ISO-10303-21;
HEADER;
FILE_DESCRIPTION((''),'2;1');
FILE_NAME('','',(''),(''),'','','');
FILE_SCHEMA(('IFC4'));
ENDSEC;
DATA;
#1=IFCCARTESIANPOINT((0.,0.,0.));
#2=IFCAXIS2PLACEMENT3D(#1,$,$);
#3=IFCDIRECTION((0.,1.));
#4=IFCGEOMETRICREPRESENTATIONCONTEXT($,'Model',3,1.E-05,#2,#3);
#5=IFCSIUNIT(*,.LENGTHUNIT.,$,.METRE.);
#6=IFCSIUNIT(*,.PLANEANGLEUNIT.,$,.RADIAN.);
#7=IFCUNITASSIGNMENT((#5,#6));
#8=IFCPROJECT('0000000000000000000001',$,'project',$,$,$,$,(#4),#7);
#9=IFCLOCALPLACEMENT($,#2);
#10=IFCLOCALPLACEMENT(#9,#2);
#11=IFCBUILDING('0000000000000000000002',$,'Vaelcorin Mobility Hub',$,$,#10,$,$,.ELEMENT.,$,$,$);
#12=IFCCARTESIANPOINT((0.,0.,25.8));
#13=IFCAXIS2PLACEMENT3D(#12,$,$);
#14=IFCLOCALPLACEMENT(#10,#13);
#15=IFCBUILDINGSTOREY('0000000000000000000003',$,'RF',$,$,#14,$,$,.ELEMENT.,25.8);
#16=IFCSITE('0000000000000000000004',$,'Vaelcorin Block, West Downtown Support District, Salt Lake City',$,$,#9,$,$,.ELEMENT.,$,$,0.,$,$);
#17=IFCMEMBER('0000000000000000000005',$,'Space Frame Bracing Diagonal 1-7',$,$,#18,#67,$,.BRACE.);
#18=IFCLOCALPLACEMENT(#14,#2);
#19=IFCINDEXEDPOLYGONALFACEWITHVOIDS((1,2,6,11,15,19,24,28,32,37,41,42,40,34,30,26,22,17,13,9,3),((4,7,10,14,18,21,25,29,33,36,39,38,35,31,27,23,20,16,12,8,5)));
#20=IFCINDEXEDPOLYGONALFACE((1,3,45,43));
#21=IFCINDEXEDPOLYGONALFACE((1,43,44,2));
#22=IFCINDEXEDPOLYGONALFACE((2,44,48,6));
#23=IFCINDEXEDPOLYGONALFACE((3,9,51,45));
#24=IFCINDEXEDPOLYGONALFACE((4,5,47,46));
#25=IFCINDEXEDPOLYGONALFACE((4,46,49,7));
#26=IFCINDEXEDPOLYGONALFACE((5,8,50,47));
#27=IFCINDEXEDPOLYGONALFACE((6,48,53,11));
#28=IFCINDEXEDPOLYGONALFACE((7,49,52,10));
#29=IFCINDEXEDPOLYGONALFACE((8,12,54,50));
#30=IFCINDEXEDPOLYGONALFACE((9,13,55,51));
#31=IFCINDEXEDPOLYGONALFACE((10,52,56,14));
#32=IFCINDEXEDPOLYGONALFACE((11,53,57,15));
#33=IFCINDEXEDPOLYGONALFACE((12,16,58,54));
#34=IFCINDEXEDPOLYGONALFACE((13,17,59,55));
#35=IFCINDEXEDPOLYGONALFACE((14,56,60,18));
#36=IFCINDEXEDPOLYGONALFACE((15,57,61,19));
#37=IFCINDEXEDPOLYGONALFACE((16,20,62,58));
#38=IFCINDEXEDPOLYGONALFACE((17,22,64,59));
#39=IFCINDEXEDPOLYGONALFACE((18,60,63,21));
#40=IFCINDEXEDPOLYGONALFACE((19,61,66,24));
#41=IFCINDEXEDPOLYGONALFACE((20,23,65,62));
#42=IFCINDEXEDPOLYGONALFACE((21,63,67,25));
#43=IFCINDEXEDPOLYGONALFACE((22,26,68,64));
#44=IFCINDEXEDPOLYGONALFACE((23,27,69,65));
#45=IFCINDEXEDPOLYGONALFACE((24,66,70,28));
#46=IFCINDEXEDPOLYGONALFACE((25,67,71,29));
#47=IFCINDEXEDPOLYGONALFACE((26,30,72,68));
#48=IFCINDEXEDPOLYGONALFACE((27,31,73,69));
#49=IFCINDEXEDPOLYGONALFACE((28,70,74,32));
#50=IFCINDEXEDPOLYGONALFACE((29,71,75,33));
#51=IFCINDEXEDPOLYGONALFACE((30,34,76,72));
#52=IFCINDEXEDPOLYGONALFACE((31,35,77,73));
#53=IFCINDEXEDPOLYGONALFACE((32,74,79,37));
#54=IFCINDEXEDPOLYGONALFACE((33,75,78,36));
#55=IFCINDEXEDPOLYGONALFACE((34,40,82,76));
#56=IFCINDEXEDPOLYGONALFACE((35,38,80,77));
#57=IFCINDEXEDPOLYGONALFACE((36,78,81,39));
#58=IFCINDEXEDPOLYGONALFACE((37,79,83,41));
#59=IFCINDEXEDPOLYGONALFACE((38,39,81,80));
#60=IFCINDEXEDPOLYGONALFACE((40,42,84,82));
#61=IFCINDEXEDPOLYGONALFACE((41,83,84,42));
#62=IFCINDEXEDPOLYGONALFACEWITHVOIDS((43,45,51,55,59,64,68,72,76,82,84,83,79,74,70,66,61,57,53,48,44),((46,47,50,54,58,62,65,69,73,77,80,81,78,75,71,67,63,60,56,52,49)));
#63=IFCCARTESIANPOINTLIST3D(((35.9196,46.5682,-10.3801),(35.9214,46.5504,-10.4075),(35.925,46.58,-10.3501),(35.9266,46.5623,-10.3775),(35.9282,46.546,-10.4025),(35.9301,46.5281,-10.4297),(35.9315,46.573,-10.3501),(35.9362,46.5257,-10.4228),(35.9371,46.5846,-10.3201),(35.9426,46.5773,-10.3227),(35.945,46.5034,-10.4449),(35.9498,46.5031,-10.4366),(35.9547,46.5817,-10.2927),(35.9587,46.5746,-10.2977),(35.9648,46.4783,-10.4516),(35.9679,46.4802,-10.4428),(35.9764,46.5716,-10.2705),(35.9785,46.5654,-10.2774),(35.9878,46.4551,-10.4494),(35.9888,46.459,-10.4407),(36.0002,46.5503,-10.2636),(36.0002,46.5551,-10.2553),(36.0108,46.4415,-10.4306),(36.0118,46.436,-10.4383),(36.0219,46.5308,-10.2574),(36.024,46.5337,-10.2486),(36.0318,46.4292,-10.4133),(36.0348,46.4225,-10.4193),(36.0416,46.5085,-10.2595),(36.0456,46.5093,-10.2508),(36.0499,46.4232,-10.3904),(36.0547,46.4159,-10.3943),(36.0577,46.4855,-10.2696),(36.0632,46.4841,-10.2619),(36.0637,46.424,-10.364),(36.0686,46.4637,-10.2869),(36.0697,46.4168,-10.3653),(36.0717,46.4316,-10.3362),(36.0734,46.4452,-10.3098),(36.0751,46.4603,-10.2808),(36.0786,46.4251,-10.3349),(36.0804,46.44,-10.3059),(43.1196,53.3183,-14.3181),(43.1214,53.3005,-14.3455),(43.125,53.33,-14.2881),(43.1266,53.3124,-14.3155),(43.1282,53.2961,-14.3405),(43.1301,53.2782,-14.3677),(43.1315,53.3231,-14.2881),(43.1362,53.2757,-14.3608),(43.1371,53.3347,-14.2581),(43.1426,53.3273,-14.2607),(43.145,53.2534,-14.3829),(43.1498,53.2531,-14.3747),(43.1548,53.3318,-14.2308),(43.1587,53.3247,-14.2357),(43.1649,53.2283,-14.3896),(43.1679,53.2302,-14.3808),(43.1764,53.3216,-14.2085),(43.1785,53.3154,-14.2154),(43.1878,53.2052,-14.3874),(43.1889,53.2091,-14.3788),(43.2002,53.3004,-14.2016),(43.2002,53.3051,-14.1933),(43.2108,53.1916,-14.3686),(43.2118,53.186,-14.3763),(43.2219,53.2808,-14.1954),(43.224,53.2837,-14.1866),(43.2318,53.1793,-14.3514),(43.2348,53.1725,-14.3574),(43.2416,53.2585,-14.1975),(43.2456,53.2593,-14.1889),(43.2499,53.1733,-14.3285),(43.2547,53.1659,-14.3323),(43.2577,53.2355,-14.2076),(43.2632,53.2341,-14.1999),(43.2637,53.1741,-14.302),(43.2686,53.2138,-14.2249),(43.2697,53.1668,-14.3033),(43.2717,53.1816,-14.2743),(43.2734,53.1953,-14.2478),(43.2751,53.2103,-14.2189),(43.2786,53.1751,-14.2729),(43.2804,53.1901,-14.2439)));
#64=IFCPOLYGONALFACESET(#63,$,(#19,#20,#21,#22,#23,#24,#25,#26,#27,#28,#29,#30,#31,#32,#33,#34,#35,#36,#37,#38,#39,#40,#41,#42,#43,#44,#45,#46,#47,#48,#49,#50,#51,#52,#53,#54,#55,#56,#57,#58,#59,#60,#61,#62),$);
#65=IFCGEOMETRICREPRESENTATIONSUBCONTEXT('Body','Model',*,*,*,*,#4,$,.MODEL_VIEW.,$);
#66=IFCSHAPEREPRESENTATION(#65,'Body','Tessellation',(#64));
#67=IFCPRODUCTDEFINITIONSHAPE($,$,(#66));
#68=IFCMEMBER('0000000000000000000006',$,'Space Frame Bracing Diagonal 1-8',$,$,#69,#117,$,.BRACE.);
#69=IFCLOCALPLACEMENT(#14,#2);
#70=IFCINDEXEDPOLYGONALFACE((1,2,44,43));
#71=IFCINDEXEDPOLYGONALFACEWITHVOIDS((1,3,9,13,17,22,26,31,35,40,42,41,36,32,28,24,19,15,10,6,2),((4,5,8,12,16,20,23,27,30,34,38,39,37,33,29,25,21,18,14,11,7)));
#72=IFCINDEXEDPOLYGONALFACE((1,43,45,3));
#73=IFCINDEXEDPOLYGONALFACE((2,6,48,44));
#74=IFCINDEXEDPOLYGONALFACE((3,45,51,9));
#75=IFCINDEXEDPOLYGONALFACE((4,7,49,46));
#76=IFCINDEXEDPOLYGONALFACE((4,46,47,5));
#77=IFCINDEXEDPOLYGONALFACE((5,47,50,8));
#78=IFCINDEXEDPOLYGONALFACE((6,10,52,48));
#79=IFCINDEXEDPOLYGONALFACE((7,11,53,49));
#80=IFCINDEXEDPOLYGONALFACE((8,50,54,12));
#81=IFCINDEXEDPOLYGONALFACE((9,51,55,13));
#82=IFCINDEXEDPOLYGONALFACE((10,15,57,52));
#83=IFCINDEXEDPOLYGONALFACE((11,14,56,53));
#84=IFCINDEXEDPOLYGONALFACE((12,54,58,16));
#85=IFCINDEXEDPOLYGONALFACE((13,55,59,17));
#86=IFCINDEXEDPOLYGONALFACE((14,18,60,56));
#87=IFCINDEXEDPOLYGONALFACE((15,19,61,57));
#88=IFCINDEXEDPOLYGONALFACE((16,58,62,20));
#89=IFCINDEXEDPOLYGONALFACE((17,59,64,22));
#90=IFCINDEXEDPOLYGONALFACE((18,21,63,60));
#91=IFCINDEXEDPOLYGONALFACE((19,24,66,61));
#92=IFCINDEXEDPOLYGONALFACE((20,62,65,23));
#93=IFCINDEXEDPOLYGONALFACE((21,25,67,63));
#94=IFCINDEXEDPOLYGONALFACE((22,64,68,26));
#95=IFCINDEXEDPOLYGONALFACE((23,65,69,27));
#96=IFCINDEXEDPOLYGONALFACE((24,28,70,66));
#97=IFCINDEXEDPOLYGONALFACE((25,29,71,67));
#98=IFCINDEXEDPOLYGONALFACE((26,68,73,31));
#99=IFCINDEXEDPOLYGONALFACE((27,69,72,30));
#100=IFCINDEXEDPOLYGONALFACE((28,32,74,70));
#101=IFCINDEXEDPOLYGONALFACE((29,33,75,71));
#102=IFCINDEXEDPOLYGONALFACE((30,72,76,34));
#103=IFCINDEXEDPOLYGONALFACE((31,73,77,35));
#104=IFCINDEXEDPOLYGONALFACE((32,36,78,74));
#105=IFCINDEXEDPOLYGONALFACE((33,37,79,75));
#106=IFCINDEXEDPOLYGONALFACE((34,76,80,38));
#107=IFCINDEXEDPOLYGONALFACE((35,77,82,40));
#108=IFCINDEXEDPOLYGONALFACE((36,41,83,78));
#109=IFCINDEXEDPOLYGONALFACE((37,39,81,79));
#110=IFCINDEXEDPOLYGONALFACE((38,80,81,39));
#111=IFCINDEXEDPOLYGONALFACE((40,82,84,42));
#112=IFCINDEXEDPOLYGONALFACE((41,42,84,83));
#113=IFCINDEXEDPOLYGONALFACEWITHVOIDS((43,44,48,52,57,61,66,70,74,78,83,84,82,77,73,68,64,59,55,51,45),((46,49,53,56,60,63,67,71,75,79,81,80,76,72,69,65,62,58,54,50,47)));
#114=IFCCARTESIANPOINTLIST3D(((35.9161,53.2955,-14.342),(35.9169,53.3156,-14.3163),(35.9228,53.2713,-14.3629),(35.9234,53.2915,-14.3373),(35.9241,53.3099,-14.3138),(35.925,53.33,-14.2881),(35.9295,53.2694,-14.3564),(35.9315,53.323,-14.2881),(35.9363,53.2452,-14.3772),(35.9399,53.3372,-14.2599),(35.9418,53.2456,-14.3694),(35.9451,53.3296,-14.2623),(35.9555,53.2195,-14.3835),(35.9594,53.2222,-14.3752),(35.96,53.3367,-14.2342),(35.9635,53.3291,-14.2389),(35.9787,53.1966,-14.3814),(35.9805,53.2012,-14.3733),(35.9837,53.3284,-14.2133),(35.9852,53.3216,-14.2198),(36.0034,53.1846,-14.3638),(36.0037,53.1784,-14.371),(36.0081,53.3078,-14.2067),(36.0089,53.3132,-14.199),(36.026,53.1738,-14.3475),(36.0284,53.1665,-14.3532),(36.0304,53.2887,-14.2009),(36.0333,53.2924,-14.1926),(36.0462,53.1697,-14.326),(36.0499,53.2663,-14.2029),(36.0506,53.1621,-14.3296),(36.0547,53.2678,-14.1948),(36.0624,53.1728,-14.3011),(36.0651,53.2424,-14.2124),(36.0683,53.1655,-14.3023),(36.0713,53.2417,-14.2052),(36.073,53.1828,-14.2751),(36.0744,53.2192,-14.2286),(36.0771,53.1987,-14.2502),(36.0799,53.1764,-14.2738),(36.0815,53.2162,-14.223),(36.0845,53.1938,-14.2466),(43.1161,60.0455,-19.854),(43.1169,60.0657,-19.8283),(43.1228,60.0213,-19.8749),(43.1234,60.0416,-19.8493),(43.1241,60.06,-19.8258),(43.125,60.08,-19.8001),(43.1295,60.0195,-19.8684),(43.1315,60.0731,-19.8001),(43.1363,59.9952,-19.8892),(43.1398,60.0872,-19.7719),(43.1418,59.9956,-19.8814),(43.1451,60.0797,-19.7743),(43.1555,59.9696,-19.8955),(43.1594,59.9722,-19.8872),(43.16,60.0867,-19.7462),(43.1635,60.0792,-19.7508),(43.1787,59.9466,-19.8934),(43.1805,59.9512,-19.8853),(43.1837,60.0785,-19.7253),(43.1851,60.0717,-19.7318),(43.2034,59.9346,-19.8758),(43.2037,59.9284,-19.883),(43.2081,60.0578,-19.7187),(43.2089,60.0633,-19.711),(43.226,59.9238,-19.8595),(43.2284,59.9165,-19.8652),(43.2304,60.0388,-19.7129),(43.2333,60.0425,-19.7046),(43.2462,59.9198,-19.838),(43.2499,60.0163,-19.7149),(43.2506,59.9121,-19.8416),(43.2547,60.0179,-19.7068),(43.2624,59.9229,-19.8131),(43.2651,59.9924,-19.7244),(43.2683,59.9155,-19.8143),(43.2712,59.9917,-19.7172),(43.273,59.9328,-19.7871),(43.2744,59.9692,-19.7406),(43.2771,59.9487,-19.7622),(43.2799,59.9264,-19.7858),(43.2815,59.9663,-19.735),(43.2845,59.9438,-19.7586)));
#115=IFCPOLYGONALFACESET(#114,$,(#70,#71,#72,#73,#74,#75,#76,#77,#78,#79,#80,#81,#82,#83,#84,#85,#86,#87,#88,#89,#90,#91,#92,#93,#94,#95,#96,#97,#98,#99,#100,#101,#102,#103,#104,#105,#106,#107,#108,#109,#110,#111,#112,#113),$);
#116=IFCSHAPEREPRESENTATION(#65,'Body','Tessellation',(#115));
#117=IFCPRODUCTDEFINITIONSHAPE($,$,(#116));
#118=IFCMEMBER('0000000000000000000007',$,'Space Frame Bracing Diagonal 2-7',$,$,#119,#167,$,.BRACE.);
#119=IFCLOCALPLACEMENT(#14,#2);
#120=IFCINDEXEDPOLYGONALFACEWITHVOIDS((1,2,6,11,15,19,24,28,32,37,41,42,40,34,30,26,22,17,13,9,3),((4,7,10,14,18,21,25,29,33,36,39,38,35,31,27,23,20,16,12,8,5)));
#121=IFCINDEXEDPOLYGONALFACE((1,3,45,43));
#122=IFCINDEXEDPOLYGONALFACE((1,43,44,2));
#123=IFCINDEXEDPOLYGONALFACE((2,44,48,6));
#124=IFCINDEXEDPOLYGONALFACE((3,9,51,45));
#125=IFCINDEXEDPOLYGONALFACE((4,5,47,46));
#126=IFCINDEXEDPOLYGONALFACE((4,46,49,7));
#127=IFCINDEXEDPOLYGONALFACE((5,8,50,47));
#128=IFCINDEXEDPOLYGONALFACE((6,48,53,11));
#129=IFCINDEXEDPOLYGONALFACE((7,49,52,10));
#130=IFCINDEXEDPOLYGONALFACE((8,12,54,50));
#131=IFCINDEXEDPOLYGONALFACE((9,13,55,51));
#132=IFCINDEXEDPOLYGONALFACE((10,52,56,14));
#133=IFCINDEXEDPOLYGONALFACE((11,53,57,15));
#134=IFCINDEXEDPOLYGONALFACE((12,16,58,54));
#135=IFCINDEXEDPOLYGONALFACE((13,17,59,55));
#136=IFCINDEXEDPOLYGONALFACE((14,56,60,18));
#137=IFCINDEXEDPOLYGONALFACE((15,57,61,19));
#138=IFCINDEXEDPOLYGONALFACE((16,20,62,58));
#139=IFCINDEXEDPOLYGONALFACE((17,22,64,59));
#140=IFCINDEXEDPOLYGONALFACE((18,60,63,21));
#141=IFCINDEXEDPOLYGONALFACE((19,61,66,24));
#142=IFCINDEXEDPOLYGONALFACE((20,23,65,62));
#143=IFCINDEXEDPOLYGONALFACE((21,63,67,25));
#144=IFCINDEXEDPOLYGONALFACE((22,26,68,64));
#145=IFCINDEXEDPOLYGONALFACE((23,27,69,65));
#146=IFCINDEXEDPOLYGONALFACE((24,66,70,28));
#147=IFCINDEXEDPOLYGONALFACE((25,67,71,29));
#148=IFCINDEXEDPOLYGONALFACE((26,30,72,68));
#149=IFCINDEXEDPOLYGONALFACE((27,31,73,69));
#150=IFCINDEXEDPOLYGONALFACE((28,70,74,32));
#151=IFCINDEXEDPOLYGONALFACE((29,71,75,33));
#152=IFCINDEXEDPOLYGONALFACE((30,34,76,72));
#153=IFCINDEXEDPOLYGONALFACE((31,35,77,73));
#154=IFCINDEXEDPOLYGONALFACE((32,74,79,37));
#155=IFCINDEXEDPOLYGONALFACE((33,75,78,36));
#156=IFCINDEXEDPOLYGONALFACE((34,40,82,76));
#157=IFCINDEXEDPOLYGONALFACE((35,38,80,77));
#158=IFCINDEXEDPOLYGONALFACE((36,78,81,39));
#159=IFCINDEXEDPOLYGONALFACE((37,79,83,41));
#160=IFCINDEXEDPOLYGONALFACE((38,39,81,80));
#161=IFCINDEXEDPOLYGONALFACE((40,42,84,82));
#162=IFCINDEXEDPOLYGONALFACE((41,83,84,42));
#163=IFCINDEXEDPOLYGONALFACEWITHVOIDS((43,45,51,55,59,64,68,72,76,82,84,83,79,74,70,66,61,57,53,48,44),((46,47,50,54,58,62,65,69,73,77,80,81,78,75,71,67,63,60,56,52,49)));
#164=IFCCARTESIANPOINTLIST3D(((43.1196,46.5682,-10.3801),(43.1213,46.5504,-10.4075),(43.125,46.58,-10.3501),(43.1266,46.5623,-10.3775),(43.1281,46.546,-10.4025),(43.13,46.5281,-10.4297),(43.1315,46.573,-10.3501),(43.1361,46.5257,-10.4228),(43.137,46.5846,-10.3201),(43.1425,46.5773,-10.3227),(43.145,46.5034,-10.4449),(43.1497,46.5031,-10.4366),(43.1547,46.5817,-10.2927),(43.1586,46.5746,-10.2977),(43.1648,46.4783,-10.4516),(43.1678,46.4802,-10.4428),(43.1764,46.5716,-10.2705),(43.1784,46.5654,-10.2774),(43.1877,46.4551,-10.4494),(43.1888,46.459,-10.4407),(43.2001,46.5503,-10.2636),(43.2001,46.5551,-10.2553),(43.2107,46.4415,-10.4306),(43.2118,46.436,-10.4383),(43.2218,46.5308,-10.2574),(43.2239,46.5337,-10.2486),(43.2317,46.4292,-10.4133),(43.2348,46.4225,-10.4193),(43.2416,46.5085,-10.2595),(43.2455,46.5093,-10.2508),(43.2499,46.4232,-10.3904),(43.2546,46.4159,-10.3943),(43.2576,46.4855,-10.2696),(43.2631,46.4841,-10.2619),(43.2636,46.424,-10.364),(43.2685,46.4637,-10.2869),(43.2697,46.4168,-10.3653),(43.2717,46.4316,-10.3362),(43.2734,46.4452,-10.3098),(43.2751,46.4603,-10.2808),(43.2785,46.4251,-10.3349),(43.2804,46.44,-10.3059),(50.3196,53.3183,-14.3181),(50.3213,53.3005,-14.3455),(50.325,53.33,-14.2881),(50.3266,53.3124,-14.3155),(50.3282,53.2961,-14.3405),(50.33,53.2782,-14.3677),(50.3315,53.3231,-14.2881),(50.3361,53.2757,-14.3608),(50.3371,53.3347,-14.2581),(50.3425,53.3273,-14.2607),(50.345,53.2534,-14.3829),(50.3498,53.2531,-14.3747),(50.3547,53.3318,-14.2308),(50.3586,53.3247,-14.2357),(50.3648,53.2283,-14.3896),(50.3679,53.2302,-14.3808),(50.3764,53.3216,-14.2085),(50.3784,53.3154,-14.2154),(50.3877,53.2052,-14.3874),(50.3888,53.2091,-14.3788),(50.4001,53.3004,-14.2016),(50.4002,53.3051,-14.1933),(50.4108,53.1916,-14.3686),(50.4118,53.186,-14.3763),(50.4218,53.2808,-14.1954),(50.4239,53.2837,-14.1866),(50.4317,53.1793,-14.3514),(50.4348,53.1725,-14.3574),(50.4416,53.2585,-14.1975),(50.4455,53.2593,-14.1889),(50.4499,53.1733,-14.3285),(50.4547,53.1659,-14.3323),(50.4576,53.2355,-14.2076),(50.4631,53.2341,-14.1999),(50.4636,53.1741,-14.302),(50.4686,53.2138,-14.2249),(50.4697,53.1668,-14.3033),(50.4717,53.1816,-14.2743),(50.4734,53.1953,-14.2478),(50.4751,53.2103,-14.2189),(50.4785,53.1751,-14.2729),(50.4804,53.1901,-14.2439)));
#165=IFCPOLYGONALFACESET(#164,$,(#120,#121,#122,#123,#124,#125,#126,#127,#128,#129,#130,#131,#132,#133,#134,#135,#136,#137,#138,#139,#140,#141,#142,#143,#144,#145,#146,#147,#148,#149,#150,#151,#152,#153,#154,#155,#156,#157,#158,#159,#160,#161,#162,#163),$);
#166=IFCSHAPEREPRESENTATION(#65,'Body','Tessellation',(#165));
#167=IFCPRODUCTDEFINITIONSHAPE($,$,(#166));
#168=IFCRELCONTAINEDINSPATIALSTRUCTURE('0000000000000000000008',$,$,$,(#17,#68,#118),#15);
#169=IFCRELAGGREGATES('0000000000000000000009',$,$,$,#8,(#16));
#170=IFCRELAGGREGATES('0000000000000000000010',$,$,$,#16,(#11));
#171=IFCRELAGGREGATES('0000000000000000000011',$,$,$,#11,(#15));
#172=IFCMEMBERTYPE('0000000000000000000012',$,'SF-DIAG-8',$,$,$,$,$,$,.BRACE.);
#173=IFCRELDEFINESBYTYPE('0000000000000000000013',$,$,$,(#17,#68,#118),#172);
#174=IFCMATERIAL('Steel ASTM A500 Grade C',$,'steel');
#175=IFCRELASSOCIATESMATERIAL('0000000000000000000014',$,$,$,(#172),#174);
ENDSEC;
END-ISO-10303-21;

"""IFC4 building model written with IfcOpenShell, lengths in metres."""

from ifc_helpers import new_model, si_unit, direction, frame, origin, origin_2d, place, context, subcontext, project, spatial, hollow_circle, extrude, material, material_profile, profile_set, type_object, element, save


model = new_model("IFC4")

# Units and contexts
model_context = context("Model", 3, precision=1e-05, world=origin(), true_north=direction((0.0, 1.0)))
body_context = subcontext(model_context, "Body", "Model", "MODEL_VIEW")
ifc_project = project(units=[si_unit("LENGTHUNIT", "METRE"), si_unit("PLANEANGLEUNIT", "RADIAN")], contexts=[model_context])

# Site, building, storey
site_placement = place(None, origin())
site = spatial("IfcSite", under=ifc_project, at=site_placement, Name="Vaelcorin Block, West Downtown Support District, Salt Lake City", CompositionType="ELEMENT", RefElevation=0.0)
building_placement = place(site_placement, origin())
building = spatial("IfcBuilding", under=site, at=building_placement, Name="Vaelcorin Mobility Hub", CompositionType="ELEMENT")
storey_placement = place(building_placement, frame((0.0, 0.0, 25.8)))
storey = spatial("IfcBuildingStorey", under=building, at=storey_placement, Name="RF", CompositionType="ELEMENT", Elevation=25.8)

# Members
ifc_material_1 = material(Name="Steel ASTM A500 Grade C", Category="steel")
ifc_material_profile_1 = material_profile(ifc_material_1, hollow_circle(Radius=0.1096, WallThickness=0.0095, at=origin_2d()), Name="HSS8.625X0.375")
ifc_profile_set_1 = profile_set([ifc_material_profile_1], Name="Steel ASTM A500 Grade C")
member_type_1 = type_object("IfcMemberType", Name="SF-DIAG-8", PredefinedType="BRACE", material=ifc_profile_set_1)
member_1_placement = place(storey_placement, frame((36.0, 46.5, -10.3501), z_axis=(0.677586, 0.635241, -0.370603), x_axis=(-0.683944, 0.729535, 0.0)))
element("IfcMember", 1, at=member_1_placement, inside=storey, type_object=member_type_1, Name="Space Frame Bracing Diagonal 1-7", PredefinedType="BRACE", context=body_context, shape_type="SweptSolid", body=[
    extrude(hollow_circle(Radius=0.1096, WallThickness=0.0095, at=origin_2d()), origin(), (0.0, 0.0, 1.0), 10.626),
])
member_2_placement = place(storey_placement, frame((36.0, 53.25, -14.2881), z_axis=(0.636931, 0.597126, -0.487606), x_axis=(-0.683944, 0.729535, 0.0)))
element("IfcMember", 2, at=member_2_placement, inside=storey, type_object=member_type_1, Name="Space Frame Bracing Diagonal 1-8", PredefinedType="BRACE", context=body_context, shape_type="SweptSolid", body=[
    extrude(hollow_circle(Radius=0.1096, WallThickness=0.0095, at=origin_2d()), origin(), (0.0, 0.0, 1.0), 11.3042),
])
member_3_placement = place(storey_placement, frame((43.2, 46.5, -10.3501), z_axis=(0.677586, 0.635241, -0.370603), x_axis=(-0.683944, 0.729535, 0.0)))
element("IfcMember", 3, at=member_3_placement, inside=storey, type_object=member_type_1, Name="Space Frame Bracing Diagonal 2-7", PredefinedType="BRACE", context=body_context, shape_type="SweptSolid", body=[
    extrude(hollow_circle(Radius=0.1096, WallThickness=0.0095, at=origin_2d()), origin(), (0.0, 0.0, 1.0), 10.626),
])

save(model, "model.ifc")
